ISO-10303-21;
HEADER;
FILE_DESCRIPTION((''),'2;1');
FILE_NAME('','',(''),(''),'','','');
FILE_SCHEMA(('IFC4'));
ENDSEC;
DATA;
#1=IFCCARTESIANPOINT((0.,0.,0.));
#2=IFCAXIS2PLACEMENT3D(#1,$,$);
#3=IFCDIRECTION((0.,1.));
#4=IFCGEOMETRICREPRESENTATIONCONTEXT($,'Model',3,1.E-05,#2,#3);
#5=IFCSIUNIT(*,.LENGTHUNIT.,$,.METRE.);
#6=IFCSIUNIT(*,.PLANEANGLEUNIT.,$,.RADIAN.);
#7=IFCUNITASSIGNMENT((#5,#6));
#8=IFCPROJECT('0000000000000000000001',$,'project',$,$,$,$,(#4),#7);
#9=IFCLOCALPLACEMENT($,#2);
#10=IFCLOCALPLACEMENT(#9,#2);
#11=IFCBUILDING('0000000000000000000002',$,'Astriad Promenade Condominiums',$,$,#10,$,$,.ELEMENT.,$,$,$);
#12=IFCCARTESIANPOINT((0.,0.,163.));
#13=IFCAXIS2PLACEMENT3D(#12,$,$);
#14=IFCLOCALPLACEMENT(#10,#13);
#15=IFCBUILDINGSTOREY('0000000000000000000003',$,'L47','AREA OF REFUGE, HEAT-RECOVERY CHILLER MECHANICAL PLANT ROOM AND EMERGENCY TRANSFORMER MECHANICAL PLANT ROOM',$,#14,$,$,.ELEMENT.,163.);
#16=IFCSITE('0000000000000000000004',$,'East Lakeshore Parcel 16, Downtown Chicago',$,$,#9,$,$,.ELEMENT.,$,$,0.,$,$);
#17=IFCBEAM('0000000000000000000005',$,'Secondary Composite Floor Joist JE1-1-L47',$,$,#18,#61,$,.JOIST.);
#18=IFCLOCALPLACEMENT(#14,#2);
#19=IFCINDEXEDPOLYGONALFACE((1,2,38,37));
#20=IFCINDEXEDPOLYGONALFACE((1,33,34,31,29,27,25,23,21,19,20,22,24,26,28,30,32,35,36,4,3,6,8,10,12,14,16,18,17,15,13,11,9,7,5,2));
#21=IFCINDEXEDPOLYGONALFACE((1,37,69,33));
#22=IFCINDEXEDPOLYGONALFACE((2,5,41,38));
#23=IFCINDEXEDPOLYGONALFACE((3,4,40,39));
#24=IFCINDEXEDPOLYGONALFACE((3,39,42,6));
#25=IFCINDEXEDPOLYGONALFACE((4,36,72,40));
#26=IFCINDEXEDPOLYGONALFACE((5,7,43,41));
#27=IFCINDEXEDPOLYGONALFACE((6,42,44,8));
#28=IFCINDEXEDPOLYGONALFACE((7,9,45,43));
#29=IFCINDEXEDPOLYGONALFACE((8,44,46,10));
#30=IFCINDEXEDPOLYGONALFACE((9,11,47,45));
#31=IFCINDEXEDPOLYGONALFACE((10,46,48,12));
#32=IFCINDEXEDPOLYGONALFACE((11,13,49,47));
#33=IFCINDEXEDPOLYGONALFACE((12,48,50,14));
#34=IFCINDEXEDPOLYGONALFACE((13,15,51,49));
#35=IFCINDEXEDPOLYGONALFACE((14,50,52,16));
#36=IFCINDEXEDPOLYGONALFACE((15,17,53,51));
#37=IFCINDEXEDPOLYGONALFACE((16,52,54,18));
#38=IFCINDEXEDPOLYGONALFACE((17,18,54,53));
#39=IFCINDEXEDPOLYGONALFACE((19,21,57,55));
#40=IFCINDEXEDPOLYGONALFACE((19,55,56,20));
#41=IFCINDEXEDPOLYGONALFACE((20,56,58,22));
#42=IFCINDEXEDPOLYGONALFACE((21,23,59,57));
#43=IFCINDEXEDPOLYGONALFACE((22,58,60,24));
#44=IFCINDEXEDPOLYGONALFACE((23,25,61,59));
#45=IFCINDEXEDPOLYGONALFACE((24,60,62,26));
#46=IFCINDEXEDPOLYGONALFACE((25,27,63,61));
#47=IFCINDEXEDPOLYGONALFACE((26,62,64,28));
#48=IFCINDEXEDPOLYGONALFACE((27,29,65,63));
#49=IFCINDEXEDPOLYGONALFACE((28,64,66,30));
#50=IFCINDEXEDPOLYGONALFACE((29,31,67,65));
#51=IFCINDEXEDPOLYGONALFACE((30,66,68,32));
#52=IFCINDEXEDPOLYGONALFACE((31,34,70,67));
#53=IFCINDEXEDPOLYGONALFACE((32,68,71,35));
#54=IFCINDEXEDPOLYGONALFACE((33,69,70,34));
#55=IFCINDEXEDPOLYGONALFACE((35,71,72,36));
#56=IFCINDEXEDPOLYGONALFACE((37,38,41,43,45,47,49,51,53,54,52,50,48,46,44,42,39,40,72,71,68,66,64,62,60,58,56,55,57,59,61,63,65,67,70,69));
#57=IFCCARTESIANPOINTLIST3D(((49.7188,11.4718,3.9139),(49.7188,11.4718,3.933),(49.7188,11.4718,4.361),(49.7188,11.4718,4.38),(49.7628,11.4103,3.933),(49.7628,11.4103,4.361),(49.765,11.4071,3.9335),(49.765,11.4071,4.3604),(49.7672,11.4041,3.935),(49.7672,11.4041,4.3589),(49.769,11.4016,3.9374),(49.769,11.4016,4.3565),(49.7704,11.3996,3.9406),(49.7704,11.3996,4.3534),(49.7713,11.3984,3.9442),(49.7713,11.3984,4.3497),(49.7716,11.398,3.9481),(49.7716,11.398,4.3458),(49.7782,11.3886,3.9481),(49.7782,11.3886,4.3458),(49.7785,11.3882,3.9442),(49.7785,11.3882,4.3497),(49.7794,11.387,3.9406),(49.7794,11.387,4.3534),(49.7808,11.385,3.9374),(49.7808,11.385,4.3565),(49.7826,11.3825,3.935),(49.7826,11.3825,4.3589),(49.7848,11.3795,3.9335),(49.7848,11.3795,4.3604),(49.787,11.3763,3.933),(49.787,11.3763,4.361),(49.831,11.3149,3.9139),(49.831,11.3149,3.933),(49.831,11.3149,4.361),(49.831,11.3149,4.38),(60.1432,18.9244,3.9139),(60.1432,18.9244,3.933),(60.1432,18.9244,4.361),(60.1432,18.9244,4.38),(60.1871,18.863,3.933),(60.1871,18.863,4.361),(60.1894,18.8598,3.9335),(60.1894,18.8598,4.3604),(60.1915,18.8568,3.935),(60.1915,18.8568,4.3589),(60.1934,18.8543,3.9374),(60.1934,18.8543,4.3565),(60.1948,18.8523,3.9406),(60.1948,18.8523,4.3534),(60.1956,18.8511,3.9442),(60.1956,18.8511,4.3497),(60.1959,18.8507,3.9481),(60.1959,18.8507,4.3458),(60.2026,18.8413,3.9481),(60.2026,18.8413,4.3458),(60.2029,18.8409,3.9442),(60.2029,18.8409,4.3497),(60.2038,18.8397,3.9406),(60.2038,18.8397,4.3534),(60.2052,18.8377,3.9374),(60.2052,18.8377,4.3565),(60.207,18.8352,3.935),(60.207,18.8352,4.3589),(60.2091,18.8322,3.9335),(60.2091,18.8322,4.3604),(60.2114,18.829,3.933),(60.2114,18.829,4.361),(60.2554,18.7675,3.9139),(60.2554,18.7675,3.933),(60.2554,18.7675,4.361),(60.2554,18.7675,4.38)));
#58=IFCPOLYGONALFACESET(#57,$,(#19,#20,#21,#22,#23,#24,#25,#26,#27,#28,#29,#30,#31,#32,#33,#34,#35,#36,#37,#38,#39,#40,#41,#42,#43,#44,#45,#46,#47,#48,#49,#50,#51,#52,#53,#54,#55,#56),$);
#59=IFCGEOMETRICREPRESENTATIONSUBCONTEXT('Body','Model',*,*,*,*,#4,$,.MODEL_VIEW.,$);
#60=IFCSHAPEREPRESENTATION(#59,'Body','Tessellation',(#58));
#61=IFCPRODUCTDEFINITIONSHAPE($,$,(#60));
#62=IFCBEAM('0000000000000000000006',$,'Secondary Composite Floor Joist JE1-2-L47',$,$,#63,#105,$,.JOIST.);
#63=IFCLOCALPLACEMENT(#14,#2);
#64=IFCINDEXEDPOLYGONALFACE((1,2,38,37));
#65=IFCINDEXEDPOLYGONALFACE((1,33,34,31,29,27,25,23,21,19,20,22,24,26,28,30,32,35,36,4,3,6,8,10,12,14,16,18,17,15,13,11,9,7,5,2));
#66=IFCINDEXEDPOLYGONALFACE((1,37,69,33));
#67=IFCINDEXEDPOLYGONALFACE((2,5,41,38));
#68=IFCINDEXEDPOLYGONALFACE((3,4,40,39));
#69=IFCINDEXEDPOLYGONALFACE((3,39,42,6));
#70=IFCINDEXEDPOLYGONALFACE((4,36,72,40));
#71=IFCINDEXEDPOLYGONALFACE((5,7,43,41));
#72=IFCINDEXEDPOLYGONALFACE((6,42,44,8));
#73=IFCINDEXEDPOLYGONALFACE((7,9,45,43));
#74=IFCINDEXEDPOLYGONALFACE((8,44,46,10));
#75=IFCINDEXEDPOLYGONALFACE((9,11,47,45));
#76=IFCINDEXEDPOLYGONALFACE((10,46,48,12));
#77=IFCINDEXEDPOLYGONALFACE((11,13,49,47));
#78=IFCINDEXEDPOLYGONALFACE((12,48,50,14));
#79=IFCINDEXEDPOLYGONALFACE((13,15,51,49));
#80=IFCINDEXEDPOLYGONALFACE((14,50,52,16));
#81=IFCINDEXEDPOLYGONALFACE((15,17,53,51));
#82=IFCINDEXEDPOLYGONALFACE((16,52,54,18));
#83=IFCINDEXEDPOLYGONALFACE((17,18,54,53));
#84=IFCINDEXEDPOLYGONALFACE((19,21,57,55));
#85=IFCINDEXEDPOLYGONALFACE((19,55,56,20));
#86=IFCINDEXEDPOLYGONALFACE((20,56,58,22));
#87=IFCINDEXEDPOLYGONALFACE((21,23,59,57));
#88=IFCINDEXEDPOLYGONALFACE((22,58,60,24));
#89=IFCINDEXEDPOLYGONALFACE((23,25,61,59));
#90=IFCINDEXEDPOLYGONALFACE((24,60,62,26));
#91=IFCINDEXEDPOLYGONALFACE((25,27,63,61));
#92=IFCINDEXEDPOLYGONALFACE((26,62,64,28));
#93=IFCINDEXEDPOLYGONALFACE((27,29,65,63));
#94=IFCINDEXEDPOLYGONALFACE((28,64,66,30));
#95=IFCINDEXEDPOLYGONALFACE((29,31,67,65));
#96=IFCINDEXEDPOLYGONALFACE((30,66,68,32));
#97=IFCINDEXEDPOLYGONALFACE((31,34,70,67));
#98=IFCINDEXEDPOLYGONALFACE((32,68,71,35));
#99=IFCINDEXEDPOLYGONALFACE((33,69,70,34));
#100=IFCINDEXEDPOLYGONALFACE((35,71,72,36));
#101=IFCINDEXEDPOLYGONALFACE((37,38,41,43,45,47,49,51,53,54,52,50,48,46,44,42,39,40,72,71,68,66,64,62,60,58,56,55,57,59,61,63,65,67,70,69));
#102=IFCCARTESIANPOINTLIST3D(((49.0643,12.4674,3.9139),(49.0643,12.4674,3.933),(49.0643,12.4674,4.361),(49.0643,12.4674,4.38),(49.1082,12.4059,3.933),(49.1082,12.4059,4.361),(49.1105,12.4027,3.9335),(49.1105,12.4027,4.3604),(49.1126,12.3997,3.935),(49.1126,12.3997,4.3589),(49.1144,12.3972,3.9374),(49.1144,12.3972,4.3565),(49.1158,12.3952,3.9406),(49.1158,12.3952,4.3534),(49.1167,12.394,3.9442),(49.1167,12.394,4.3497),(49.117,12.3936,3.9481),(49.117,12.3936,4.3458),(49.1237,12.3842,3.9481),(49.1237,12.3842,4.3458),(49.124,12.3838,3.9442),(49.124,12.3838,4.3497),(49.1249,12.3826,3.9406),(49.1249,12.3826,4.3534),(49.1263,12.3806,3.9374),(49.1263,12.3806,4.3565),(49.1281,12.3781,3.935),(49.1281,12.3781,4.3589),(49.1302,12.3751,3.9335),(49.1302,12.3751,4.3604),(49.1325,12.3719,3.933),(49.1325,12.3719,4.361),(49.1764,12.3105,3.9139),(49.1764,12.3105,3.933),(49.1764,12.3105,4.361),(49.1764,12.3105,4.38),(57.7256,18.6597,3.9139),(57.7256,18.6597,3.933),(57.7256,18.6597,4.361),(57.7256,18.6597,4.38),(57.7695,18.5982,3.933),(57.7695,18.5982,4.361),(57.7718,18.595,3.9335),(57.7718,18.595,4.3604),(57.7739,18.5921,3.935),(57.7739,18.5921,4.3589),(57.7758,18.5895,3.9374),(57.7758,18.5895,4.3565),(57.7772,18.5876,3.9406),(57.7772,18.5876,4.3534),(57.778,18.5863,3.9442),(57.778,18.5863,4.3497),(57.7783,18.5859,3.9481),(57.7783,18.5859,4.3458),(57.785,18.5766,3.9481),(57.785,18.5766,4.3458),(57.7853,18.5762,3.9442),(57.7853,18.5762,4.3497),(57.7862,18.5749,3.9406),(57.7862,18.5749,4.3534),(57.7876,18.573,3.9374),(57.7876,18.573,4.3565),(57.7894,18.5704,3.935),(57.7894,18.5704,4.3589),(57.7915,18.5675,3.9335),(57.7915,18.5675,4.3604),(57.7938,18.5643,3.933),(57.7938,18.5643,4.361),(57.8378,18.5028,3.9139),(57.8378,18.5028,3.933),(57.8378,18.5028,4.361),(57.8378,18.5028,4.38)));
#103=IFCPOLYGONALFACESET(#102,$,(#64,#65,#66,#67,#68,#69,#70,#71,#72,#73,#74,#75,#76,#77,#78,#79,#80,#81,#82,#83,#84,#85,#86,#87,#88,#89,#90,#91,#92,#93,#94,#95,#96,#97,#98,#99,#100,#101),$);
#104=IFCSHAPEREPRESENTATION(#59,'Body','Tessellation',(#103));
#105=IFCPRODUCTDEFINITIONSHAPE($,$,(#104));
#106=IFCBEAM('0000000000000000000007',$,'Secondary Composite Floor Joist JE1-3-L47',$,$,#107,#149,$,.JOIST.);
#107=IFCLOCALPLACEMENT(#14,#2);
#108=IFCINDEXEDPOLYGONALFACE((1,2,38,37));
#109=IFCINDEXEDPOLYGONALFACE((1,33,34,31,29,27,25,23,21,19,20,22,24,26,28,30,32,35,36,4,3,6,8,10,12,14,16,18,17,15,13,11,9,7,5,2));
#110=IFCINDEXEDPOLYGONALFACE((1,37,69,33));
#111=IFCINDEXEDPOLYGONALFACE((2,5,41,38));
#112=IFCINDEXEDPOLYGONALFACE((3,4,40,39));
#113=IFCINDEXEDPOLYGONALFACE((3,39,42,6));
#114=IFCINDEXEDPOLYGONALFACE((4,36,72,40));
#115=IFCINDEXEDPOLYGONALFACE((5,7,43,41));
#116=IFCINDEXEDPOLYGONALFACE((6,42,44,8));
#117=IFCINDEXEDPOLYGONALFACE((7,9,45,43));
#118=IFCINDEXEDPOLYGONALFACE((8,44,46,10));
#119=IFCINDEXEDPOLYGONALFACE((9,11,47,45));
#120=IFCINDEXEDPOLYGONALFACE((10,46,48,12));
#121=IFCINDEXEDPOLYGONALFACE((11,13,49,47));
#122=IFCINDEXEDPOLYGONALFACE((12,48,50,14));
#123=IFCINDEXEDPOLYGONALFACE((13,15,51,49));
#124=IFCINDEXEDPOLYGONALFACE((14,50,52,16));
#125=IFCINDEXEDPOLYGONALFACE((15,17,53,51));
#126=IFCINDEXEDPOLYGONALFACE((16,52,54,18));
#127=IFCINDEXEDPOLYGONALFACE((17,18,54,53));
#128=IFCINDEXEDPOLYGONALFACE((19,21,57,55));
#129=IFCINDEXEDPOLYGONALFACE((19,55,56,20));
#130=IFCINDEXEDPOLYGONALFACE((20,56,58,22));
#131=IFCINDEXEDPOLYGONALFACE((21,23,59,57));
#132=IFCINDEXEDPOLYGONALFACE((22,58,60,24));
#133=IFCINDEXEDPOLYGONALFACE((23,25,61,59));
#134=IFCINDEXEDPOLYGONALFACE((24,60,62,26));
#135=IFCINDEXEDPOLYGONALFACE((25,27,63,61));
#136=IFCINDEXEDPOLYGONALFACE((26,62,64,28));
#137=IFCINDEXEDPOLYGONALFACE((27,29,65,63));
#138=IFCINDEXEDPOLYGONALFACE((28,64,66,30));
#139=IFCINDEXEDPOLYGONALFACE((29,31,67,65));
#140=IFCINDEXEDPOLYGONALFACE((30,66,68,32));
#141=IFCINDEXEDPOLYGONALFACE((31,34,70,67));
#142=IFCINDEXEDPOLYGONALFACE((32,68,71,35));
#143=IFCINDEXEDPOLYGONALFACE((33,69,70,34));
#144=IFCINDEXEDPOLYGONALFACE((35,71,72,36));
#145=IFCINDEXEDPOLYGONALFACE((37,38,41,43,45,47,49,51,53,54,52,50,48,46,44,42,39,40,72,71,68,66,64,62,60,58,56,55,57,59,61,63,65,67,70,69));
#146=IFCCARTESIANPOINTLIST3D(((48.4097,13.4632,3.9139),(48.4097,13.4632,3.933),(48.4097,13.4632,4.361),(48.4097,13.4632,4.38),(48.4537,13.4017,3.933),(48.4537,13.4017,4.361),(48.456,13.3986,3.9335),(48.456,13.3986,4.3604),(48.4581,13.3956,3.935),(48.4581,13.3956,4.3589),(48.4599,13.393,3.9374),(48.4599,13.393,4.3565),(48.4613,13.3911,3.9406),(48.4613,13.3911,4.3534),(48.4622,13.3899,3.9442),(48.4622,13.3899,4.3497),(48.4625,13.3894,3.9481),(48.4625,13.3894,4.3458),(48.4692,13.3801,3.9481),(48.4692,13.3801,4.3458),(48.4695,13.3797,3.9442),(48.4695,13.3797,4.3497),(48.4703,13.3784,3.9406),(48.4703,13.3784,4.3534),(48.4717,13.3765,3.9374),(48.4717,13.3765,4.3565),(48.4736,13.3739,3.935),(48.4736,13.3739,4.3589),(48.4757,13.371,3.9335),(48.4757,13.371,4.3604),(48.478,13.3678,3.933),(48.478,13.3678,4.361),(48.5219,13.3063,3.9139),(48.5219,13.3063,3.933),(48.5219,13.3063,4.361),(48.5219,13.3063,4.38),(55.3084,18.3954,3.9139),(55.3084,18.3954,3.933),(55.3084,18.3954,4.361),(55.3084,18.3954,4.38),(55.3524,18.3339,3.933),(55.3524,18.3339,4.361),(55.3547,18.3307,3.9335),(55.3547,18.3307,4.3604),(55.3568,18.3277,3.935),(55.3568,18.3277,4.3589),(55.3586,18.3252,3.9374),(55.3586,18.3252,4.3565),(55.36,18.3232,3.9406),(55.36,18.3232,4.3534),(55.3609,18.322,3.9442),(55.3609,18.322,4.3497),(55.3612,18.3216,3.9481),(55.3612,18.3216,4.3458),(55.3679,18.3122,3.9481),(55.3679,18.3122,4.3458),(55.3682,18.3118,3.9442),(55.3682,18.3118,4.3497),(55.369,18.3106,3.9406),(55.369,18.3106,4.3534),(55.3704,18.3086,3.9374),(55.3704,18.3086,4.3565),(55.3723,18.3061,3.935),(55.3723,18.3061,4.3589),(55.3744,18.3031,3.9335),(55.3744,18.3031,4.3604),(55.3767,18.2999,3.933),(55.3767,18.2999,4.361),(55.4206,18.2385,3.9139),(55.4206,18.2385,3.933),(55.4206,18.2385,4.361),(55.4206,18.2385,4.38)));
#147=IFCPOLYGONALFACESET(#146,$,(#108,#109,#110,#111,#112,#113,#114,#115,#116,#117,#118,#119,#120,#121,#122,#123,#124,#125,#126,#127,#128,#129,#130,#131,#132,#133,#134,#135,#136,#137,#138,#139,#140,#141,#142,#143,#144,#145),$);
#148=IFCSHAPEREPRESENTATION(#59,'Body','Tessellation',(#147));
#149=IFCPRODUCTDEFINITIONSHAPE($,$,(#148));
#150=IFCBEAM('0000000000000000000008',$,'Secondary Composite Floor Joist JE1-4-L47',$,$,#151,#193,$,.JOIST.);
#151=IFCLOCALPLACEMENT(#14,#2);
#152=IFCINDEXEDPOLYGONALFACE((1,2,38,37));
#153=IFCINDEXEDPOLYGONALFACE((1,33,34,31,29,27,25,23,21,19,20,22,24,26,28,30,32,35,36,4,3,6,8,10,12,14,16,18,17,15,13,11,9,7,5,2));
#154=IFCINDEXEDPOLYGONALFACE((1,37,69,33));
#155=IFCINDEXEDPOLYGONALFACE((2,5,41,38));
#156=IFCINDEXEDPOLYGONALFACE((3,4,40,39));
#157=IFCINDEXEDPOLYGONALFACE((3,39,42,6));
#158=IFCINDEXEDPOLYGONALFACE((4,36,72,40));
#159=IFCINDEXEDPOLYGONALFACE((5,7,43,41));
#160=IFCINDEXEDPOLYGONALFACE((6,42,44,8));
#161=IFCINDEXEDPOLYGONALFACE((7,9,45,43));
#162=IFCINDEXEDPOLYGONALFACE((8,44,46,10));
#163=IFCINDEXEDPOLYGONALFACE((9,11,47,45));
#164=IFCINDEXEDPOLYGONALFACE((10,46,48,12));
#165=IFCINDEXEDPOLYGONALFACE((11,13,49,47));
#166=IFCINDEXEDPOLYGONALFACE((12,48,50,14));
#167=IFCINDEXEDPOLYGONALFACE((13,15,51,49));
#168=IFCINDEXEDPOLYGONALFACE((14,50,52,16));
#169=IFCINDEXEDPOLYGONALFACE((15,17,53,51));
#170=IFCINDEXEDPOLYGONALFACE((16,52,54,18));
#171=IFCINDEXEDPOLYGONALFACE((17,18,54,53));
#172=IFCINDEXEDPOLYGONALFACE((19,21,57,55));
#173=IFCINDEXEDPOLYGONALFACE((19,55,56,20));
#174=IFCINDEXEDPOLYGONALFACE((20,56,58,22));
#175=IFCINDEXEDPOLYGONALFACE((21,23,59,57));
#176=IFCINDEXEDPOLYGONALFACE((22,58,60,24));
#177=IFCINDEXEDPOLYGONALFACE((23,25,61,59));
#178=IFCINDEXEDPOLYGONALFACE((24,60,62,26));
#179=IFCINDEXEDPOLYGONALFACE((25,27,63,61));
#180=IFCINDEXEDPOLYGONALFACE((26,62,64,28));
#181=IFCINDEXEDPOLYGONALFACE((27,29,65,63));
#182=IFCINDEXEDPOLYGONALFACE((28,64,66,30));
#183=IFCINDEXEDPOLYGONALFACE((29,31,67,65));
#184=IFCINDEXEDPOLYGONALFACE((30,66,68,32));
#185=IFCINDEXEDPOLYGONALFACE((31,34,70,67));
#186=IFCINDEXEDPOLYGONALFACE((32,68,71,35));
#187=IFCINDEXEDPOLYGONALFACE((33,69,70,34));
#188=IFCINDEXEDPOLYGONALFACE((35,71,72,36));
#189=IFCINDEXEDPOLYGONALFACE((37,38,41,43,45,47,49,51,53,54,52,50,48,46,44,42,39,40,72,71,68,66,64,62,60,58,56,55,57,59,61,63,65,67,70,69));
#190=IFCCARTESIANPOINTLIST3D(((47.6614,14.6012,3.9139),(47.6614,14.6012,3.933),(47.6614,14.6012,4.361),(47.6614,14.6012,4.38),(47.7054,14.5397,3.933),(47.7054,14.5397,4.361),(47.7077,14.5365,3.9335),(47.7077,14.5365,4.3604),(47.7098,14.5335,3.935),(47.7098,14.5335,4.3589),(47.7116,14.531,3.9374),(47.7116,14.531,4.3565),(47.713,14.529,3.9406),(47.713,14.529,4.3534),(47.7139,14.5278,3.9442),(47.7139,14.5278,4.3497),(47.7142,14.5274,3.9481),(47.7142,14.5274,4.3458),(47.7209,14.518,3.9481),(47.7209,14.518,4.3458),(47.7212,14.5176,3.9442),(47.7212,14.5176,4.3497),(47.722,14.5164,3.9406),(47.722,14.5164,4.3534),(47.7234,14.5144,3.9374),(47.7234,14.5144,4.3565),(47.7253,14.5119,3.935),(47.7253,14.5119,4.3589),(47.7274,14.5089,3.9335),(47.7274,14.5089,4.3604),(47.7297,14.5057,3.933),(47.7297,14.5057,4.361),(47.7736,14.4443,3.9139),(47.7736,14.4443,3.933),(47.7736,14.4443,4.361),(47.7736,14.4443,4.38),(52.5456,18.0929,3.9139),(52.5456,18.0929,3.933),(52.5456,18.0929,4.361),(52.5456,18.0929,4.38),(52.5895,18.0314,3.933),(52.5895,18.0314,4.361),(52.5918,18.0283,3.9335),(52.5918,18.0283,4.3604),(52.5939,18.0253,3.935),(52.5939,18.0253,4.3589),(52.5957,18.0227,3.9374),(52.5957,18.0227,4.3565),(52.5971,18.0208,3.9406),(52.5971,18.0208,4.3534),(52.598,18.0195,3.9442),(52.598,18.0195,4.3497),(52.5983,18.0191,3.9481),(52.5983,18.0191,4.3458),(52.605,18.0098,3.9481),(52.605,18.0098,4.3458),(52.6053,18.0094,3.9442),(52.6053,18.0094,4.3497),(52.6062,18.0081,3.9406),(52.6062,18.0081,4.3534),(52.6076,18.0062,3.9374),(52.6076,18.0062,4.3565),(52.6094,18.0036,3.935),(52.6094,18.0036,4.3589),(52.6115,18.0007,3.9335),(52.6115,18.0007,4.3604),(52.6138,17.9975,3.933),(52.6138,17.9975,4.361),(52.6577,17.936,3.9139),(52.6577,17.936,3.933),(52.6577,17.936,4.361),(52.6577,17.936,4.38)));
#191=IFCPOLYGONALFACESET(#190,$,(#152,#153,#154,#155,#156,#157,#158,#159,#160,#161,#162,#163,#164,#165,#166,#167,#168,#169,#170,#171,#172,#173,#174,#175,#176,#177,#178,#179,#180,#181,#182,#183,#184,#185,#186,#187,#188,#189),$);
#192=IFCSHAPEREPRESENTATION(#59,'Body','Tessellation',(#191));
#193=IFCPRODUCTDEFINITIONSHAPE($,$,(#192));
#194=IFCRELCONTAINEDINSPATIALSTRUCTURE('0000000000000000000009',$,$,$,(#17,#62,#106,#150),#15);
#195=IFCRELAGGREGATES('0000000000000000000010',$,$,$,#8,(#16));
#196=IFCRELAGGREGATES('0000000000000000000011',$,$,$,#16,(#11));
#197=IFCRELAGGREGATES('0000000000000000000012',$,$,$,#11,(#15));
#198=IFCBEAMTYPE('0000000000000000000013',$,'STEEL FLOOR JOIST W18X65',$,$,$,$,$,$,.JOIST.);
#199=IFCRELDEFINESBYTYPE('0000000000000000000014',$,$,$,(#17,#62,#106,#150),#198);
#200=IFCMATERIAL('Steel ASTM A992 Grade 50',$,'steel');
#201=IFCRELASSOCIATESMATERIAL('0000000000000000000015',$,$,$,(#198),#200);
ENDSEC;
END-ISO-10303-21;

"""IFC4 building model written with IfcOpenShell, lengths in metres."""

from ifc_helpers import new_model, si_unit, direction, frame, origin, origin_2d, place, context, subcontext, project, spatial, i_section, extrude, source, transform, mapped, material, material_profile, profile_set, type_object, type_shapes, element, save


model = new_model("IFC4")

# Units and contexts
model_context = context("Model", 3, precision=1e-05, world=origin(), true_north=direction((0.0, 1.0)))
body_context = subcontext(model_context, "Body", "Model", "MODEL_VIEW")
ifc_project = project(units=[si_unit("LENGTHUNIT", "METRE"), si_unit("PLANEANGLEUNIT", "RADIAN")], contexts=[model_context])

# Site, building, storey
site_placement = place(None, origin())
site = spatial("IfcSite", under=ifc_project, at=site_placement, Name="East Lakeshore Parcel 16, Downtown Chicago", CompositionType="ELEMENT", RefElevation=0.0)
building_placement = place(site_placement, origin())
building = spatial("IfcBuilding", under=site, at=building_placement, Name="Astriad Promenade Condominiums", CompositionType="ELEMENT")
storey_placement = place(building_placement, frame((0.0, 0.0, 163.0)))
storey = spatial("IfcBuildingStorey", under=building, at=storey_placement, Name="L47", Description="AREA OF REFUGE, HEAT-RECOVERY CHILLER MECHANICAL PLANT ROOM AND EMERGENCY TRANSFORMER MECHANICAL PLANT ROOM", CompositionType="ELEMENT", Elevation=163.0)

# Shared definitions
ifc_material_1 = material(Name="Steel ASTM A992 Grade 50", Category="steel")

# Beams
ifc_material_profile_1 = material_profile(ifc_material_1, i_section(OverallWidth=0.1929, OverallDepth=0.4661, WebThickness=0.0115, FlangeThickness=0.019, FilletRadius=0.0151, at=origin_2d()), Name="W18X65")
ifc_profile_set_1 = profile_set([ifc_material_profile_1], Name="Steel ASTM A992 Grade 50")
beam_type_1 = type_object("IfcBeamType", Name="STEEL FLOOR JOIST W18X65", PredefinedType="JOIST", material=ifc_profile_set_1)
shared_shape_1 = source(origin(), body_context, "Body", "SweptSolid", [
    extrude(i_section(OverallWidth=0.1929, OverallDepth=0.4661, WebThickness=0.0115, FlangeThickness=0.019, FilletRadius=0.0151, at=origin_2d()), origin(), (0.0, 0.0, 1.0), 12.8145),
])
beam_1_placement = place(storey_placement, frame((49.7749, 11.3933, 4.147), z_axis=(0.813486, 0.581584, 0.0), x_axis=(-0.581584, 0.813486, 0.0)))
element("IfcBeam", 1, at=beam_1_placement, inside=storey, type_object=beam_type_1, Name="Secondary Composite Floor Joist JE1-1-L47", PredefinedType="JOIST", context=body_context, shape_type="MappedRepresentation", body=[
    mapped(shared_shape_1, transform((0.0, 0.0, 0.0), scale=1.0)),
])
shared_shape_2 = source(origin(), body_context, "Body", "SweptSolid", [
    extrude(i_section(OverallWidth=0.1929, OverallDepth=0.4661, WebThickness=0.0115, FlangeThickness=0.019, FilletRadius=0.0151, at=origin_2d()), origin(), (0.0, 0.0, 1.0), 10.6472),
])
beam_2_placement = place(storey_placement, frame((49.1204, 12.3889, 4.147), z_axis=(0.813481, 0.581592, 0.0), x_axis=(-0.581592, 0.813481, 0.0)))
element("IfcBeam", 2, at=beam_2_placement, inside=storey, type_object=beam_type_1, Name="Secondary Composite Floor Joist JE1-2-L47", PredefinedType="JOIST", context=body_context, shape_type="MappedRepresentation", body=[
    mapped(shared_shape_2, transform((0.0, 0.0, 0.0), scale=1.0)),
])
shared_shape_3 = source(origin(), body_context, "Body", "SweptSolid", [
    extrude(i_section(OverallWidth=0.1929, OverallDepth=0.4661, WebThickness=0.0115, FlangeThickness=0.019, FilletRadius=0.0151, at=origin_2d()), origin(), (0.0, 0.0, 1.0), 8.4805),
])
beam_3_placement = place(storey_placement, frame((48.4658, 13.3848, 4.147), z_axis=(0.813482, 0.581589, 0.0), x_axis=(-0.581589, 0.813482, 0.0)))
element("IfcBeam", 3, at=beam_3_placement, inside=storey, type_object=beam_type_1, Name="Secondary Composite Floor Joist JE1-3-L47", PredefinedType="JOIST", context=body_context, shape_type="MappedRepresentation", body=[
    mapped(shared_shape_3, transform((0.0, 0.0, 0.0), scale=1.0)),
])
shared_shape_4 = source(origin(), body_context, "Body", "SweptSolid", [
    extrude(i_section(OverallWidth=0.1929, OverallDepth=0.4661, WebThickness=0.0115, FlangeThickness=0.019, FilletRadius=0.0151, at=origin_2d()), origin(), (0.0, 0.0, 1.0), 6.0039),
])
type_shapes(beam_type_1, [shared_shape_1, shared_shape_2, shared_shape_3, shared_shape_4])
beam_4_placement = place(storey_placement, frame((47.7175, 14.5227, 4.147), z_axis=(0.813489, 0.58158, 0.0), x_axis=(-0.58158, 0.813489, 0.0)))
element("IfcBeam", 4, at=beam_4_placement, inside=storey, type_object=beam_type_1, Name="Secondary Composite Floor Joist JE1-4-L47", PredefinedType="JOIST", context=body_context, shape_type="MappedRepresentation", body=[
    mapped(shared_shape_4, transform((0.0, 0.0, 0.0), scale=1.0)),
])

save(model, "model.ifc")
